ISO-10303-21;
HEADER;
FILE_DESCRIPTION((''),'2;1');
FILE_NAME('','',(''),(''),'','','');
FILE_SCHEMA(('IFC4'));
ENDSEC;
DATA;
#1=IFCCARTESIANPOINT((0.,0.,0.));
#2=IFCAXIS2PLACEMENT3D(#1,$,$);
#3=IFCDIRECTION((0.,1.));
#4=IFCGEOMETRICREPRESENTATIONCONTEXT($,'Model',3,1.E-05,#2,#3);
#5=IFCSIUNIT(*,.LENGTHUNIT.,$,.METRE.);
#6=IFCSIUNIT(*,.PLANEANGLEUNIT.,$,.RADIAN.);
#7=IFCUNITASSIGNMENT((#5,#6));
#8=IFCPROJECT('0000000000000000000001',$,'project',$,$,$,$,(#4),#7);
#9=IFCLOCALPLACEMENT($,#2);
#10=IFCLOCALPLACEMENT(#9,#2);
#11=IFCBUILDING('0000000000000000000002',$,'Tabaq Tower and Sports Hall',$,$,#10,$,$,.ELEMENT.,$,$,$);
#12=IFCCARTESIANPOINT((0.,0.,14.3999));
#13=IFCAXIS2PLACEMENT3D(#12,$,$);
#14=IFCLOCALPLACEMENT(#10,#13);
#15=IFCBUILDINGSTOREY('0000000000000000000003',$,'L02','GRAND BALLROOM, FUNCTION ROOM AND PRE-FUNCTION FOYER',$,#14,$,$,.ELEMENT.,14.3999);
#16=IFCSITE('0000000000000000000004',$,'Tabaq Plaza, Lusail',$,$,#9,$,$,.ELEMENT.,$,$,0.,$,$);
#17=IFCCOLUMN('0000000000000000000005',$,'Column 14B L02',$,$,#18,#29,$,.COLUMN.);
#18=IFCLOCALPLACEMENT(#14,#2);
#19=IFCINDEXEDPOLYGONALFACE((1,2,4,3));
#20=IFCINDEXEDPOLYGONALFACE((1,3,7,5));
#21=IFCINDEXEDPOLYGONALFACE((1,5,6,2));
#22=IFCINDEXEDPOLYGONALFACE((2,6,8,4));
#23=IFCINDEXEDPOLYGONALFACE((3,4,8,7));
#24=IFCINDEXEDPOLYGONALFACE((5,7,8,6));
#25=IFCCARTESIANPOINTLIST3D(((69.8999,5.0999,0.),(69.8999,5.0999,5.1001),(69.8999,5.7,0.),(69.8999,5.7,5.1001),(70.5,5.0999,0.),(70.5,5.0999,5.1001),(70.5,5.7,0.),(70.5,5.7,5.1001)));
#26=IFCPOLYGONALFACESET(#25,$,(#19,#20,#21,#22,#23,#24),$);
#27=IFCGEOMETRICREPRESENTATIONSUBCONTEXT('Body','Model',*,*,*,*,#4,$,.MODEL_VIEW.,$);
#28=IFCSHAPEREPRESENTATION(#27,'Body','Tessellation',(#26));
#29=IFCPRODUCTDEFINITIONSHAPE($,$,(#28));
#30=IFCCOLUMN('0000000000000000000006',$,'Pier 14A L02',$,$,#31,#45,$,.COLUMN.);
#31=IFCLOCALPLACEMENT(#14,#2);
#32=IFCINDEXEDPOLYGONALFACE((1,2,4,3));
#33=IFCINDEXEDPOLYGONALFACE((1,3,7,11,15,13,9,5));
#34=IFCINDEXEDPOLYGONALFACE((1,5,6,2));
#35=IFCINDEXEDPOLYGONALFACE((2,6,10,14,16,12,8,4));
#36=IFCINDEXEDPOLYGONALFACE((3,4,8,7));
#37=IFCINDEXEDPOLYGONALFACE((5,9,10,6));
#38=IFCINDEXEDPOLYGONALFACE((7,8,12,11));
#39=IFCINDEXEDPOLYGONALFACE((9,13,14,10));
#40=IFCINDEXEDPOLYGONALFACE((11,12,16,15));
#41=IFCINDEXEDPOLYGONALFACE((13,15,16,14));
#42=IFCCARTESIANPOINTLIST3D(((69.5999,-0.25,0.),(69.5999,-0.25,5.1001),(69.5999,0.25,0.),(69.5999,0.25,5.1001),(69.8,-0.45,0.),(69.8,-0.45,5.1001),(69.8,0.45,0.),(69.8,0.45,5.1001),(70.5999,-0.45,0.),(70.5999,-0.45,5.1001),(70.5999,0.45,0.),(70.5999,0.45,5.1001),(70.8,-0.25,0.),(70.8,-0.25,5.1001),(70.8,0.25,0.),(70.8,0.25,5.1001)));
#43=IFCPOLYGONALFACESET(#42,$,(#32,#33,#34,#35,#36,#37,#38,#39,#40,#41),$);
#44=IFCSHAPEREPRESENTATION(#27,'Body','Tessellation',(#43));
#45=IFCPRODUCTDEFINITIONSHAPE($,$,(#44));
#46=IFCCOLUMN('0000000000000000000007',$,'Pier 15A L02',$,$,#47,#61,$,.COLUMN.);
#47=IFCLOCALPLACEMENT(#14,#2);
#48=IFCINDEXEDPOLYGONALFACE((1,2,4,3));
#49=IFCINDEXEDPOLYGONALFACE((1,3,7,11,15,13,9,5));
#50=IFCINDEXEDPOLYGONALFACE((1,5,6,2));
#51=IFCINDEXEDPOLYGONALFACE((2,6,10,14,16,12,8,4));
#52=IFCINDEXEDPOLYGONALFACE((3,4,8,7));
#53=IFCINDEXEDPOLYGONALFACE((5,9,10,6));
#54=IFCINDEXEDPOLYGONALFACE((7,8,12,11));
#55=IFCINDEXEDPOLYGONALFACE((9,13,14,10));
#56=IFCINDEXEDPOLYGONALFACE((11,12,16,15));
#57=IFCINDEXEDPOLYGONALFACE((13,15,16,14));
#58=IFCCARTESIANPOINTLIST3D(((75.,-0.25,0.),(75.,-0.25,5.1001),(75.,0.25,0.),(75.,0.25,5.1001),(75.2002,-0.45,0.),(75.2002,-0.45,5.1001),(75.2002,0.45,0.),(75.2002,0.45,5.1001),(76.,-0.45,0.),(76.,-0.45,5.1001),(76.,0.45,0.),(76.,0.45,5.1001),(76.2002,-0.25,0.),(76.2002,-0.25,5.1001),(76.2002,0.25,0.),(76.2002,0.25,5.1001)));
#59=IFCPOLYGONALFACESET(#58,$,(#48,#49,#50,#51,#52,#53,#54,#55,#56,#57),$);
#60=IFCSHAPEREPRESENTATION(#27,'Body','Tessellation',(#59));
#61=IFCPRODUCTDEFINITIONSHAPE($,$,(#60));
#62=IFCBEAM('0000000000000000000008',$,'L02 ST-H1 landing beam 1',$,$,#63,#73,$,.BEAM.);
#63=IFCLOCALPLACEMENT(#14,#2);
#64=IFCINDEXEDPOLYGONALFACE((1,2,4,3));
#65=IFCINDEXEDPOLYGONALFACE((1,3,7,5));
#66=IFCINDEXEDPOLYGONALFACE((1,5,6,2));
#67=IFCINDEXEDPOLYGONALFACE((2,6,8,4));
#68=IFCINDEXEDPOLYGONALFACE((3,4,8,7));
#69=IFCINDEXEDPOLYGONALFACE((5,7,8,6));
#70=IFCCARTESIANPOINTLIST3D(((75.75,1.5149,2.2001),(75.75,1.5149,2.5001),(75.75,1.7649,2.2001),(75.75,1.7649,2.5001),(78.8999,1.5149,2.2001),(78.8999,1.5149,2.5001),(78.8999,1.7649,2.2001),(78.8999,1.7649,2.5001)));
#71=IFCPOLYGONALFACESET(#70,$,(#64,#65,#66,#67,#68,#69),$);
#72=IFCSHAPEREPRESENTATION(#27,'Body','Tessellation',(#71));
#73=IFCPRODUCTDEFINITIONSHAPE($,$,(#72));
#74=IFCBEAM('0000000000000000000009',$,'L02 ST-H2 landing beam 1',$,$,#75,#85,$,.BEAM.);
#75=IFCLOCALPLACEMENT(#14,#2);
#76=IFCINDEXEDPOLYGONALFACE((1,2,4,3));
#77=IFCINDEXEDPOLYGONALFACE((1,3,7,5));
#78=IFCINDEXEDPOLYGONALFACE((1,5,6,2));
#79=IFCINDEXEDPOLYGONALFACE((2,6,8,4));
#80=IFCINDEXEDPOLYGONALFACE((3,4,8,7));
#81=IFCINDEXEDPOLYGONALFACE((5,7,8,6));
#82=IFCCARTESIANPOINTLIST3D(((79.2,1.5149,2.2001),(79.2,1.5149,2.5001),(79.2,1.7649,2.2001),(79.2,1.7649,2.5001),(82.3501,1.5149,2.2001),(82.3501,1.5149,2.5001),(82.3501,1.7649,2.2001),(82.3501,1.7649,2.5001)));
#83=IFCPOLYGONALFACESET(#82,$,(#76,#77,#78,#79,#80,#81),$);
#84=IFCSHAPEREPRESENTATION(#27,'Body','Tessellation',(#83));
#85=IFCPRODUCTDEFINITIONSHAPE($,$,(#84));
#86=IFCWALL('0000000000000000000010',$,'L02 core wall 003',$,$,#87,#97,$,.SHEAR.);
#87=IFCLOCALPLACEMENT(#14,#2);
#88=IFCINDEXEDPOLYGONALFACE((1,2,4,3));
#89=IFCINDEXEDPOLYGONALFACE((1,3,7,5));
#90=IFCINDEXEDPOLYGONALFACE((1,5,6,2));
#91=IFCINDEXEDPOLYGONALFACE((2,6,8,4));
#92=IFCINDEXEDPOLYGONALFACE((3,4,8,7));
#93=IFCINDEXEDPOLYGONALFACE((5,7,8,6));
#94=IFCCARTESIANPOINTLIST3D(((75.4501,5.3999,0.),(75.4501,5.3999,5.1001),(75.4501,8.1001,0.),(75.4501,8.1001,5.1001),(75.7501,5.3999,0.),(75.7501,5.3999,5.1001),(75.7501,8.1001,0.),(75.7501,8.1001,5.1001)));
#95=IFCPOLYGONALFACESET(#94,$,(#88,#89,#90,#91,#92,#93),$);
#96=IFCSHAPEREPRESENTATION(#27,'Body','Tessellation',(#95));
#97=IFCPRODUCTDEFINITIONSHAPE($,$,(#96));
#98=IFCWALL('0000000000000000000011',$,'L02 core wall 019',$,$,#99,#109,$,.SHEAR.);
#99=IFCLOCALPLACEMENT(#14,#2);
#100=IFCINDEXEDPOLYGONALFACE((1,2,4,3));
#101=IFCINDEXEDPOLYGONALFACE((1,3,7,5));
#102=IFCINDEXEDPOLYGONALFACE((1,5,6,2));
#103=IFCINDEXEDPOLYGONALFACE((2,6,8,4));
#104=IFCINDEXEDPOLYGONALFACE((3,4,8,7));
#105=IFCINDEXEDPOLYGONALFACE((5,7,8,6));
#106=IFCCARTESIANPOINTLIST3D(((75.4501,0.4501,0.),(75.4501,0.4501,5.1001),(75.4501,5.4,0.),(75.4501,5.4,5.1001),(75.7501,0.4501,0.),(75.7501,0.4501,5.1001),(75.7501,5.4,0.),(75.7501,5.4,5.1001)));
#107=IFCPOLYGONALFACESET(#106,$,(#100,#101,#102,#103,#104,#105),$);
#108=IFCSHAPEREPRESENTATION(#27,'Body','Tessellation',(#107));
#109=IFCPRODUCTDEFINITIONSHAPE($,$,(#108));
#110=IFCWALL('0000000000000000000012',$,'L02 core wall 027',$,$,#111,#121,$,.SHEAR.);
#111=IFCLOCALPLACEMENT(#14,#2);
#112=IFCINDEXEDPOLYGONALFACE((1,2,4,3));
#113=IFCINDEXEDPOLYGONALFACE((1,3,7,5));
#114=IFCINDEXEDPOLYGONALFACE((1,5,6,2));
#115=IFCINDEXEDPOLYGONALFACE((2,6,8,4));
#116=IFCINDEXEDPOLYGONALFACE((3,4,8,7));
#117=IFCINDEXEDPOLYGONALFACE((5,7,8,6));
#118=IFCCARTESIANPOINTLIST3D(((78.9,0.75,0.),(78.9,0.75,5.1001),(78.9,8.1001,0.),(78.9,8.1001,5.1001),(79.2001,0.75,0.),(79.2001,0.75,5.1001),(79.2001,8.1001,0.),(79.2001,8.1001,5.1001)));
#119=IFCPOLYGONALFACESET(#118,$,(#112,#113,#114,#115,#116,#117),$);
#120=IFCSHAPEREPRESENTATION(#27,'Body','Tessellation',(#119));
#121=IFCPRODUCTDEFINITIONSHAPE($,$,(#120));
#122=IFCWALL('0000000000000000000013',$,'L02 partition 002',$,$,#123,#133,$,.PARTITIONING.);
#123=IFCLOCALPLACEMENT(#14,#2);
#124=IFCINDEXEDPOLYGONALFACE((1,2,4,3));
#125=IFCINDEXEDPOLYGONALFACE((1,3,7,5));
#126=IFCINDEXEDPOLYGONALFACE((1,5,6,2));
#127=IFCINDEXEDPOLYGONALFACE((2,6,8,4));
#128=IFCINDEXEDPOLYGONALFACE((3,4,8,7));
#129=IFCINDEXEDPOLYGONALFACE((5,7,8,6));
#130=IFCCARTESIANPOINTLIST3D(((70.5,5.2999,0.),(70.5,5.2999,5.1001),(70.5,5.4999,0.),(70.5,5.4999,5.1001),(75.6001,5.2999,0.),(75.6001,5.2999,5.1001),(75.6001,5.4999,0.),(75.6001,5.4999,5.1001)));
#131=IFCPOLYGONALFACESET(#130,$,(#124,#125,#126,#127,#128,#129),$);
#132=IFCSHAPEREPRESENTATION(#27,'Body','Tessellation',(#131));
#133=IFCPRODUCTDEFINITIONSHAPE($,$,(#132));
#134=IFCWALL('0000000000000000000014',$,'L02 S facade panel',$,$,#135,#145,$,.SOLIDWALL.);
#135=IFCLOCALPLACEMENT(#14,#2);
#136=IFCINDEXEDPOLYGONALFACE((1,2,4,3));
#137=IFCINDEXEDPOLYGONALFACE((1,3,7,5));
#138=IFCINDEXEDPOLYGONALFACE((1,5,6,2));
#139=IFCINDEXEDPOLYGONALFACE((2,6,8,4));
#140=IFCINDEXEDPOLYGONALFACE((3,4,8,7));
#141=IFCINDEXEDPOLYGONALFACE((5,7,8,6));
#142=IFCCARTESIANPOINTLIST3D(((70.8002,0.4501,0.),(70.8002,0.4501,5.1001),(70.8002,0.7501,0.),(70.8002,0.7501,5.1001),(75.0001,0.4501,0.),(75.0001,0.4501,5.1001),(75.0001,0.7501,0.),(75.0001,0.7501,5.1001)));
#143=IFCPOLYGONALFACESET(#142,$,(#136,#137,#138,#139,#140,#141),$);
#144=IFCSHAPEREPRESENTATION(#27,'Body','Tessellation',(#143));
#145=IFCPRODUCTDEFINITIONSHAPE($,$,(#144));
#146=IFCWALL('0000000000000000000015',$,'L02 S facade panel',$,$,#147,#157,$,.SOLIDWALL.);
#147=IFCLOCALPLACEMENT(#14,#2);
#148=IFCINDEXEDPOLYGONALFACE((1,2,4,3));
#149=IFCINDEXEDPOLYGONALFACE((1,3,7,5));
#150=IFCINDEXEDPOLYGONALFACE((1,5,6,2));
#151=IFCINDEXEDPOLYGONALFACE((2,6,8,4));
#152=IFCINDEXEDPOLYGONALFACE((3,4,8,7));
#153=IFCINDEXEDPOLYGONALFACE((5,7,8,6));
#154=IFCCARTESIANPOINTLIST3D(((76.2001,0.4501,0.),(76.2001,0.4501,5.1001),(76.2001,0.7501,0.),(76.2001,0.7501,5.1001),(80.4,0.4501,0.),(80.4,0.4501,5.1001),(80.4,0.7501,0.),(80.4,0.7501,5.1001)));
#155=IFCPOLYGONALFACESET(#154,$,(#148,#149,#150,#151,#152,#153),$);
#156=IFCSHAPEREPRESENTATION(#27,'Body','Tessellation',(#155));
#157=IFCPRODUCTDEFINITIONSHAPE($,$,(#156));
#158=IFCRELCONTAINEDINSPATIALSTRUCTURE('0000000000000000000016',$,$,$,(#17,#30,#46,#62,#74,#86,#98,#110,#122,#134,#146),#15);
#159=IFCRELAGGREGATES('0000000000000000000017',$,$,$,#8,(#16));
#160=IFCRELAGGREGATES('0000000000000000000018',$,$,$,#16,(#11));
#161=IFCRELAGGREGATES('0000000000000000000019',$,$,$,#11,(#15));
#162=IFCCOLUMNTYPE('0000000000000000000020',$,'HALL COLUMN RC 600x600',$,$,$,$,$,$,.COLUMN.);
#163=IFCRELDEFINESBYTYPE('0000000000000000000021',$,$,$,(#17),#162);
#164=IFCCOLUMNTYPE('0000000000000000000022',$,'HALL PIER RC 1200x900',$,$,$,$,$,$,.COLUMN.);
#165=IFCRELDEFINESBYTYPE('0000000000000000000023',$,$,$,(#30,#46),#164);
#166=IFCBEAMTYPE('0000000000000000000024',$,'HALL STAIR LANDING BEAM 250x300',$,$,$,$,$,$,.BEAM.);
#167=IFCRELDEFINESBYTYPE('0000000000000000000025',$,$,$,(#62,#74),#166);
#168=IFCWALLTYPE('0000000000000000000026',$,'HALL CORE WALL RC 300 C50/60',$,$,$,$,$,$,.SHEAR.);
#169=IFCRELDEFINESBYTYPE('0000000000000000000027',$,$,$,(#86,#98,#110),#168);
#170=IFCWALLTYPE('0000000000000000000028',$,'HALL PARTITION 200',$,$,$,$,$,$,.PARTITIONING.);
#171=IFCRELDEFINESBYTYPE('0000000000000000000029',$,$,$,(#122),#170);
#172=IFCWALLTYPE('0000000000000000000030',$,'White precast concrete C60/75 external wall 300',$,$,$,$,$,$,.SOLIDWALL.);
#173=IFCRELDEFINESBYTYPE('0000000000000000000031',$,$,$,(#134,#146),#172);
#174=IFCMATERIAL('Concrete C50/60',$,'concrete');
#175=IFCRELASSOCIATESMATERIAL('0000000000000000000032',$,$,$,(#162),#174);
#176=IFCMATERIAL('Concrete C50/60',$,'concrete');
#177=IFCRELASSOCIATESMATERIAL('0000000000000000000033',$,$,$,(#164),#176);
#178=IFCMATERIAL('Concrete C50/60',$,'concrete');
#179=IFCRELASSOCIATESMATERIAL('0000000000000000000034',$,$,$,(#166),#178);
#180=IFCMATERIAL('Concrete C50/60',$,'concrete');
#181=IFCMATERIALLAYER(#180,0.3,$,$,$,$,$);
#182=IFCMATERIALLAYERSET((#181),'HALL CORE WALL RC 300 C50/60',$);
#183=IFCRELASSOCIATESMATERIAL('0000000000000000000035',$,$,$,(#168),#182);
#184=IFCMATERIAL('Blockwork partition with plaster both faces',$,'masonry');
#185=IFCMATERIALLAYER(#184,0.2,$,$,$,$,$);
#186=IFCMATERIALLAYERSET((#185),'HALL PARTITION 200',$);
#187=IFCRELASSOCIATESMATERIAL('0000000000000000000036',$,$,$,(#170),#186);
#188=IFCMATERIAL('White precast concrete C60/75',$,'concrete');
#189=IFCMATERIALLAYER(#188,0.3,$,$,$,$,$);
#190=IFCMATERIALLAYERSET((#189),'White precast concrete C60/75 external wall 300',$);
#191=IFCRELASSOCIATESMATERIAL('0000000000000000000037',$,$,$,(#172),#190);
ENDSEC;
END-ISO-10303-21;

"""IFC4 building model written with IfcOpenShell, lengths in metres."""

from ifc_helpers import new_model, si_unit, direction, frame, frame_2d, origin, origin_2d, place, context, subcontext, project, spatial, polyline, rectangle, outline, extrude, material, layer, layer_set, material_profile, profile_set, type_object, element, save


model = new_model("IFC4")

# Units and contexts
model_context = context("Model", 3, precision=1e-05, world=origin(), true_north=direction((0.0, 1.0)))
body_context = subcontext(model_context, "Body", "Model", "MODEL_VIEW")
ifc_project = project(units=[si_unit("LENGTHUNIT", "METRE"), si_unit("PLANEANGLEUNIT", "RADIAN")], contexts=[model_context])

# Site, building, storey
site_placement = place(None, origin())
site = spatial("IfcSite", under=ifc_project, at=site_placement, Name="Tabaq Plaza, Lusail", CompositionType="ELEMENT", RefElevation=0.0)
building_placement = place(site_placement, origin())
building = spatial("IfcBuilding", under=site, at=building_placement, Name="Tabaq Tower and Sports Hall", CompositionType="ELEMENT")
storey_placement = place(building_placement, frame((0.0, 0.0, 14.3999)))
storey = spatial("IfcBuildingStorey", under=building, at=storey_placement, Name="L02", Description="GRAND BALLROOM, FUNCTION ROOM AND PRE-FUNCTION FOYER", CompositionType="ELEMENT", Elevation=14.3999)

# Columns
ifc_material_1 = material(Name="Concrete C50/60", Category="concrete")
ifc_material_profile_1 = material_profile(ifc_material_1, rectangle(XDim=0.6001, YDim=0.6001, at=origin_2d()), Name="RC 600x600")
ifc_profile_set_1 = profile_set([ifc_material_profile_1], Name="Concrete C50/60")
column_type_1 = type_object("IfcColumnType", Name="HALL COLUMN RC 600x600", PredefinedType="COLUMN", material=ifc_profile_set_1)
column_placement = place(storey_placement, frame((70.2, 5.3999, 0.0), z_axis=(0.0, 0.0, 1.0), x_axis=(1.0, 0.0, 0.0)))
element("IfcColumn", 1, at=column_placement, inside=storey, type_object=column_type_1, Name="Column 14B L02", PredefinedType="COLUMN", context=body_context, shape_type="SweptSolid", body=[
    extrude(rectangle(XDim=0.6001, YDim=0.6001, at=origin_2d()), origin(), (0.0, 0.0, 1.0), 5.1001),
])
ifc_material_2 = material(Name="Concrete C50/60", Category="concrete")
ifc_material_profile_2 = material_profile(ifc_material_2, outline(polyline([(-0.3999, -0.45), (0.3999, -0.45), (0.6001, -0.25), (0.6001, 0.25), (0.3999, 0.45), (-0.3999, 0.45), (-0.6001, 0.25), (-0.6001, -0.25), (-0.3999, -0.45)])), Name="PIER 1200x900")
ifc_profile_set_2 = profile_set([ifc_material_profile_2], Name="Concrete C50/60")
column_type_2 = type_object("IfcColumnType", Name="HALL PIER RC 1200x900", PredefinedType="COLUMN", material=ifc_profile_set_2)
for number, where, z_axis, x_axis, name in (
    (2, (70.2, 0.0, 0.0), (0.0, 0.0, 1.0), (1.0, 0.0, 0.0), "Pier 14A L02"),
    (3, (75.6001, 0.0, 0.0), (0.0, 0.0, 1.0), (1.0, 0.0, 0.0), "Pier 15A L02"),
):
    element("IfcColumn", number, at=place(storey_placement, frame(where, z_axis=z_axis, x_axis=x_axis)), inside=storey, type_object=column_type_2, Name=name, PredefinedType="COLUMN", context=body_context, shape_type="SweptSolid", body=[
        extrude(outline(polyline([(-0.3999, -0.45), (0.3999, -0.45), (0.6001, -0.25), (0.6001, 0.25), (0.3999, 0.45), (-0.3999, 0.45), (-0.6001, 0.25), (-0.6001, -0.25), (-0.3999, -0.45)])), origin(), (0.0, 0.0, 1.0), 5.1001),
    ])

# Beams
ifc_material_3 = material(Name="Concrete C50/60", Category="concrete")
ifc_material_profile_3 = material_profile(ifc_material_3, rectangle(XDim=0.25, YDim=0.3, at=origin_2d()), Name="RC 250x300")
ifc_profile_set_3 = profile_set([ifc_material_profile_3], Name="Concrete C50/60")
beam_type = type_object("IfcBeamType", Name="HALL STAIR LANDING BEAM 250x300", PredefinedType="BEAM", material=ifc_profile_set_3)
beam_1_placement = place(storey_placement, frame((75.75, 1.6399, 2.3501), z_axis=(1.0, 0.0, 0.0), x_axis=(0.0, 1.0, 0.0)))
element("IfcBeam", 4, at=beam_1_placement, inside=storey, type_object=beam_type, Name="L02 ST-H1 landing beam 1", PredefinedType="BEAM", context=body_context, shape_type="SweptSolid", body=[
    extrude(rectangle(XDim=0.25, YDim=0.3, at=origin_2d()), origin(), (0.0, 0.0, 1.0), 3.1499),
])
beam_2_placement = place(storey_placement, frame((79.2, 1.6399, 2.3501), z_axis=(1.0, 0.0, 0.0), x_axis=(0.0, 1.0, 0.0)))
element("IfcBeam", 5, at=beam_2_placement, inside=storey, type_object=beam_type, Name="L02 ST-H2 landing beam 1", PredefinedType="BEAM", context=body_context, shape_type="SweptSolid", body=[
    extrude(rectangle(XDim=0.25, YDim=0.3, at=origin_2d()), origin(), (0.0, 0.0, 1.0), 3.1501),
])

# Walls
ifc_material_4 = material(Name="Concrete C50/60", Category="concrete")
ifc_layer_1 = layer(ifc_material_4, 0.3)
ifc_layer_set_1 = layer_set([ifc_layer_1], Name="HALL CORE WALL RC 300 C50/60")
wall_type_1 = type_object("IfcWallType", Name="HALL CORE WALL RC 300 C50/60", PredefinedType="SHEAR", material=ifc_layer_set_1)
wall_1_placement = place(storey_placement, frame((75.6001, 5.3999, 0.0), z_axis=(0.0, 0.0, 1.0), x_axis=(0.0, 1.0, 0.0)))
element("IfcWall", 6, at=wall_1_placement, inside=storey, type_object=wall_type_1, Name="L02 core wall 003", PredefinedType="SHEAR", context=body_context, shape_type="SweptSolid", body=[
    extrude(rectangle(XDim=2.7002, YDim=0.3, at=frame_2d((1.3501, 0.0))), origin(), (0.0, 0.0, 1.0), 5.1001),
])
wall_2_placement = place(storey_placement, frame((75.6001, 0.45, 0.0), z_axis=(0.0, 0.0, 1.0), x_axis=(0.0, 1.0, 0.0)))
element("IfcWall", 7, at=wall_2_placement, inside=storey, type_object=wall_type_1, Name="L02 core wall 019", PredefinedType="SHEAR", context=body_context, shape_type="SweptSolid", body=[
    extrude(rectangle(XDim=4.95, YDim=0.3, at=frame_2d((2.4751, 0.0))), origin(), (0.0, 0.0, 1.0), 5.1001),
])
wall_3_placement = place(storey_placement, frame((79.05, 0.75, 0.0), z_axis=(0.0, 0.0, 1.0), x_axis=(0.0, 1.0, 0.0)))
element("IfcWall", 8, at=wall_3_placement, inside=storey, type_object=wall_type_1, Name="L02 core wall 027", PredefinedType="SHEAR", context=body_context, shape_type="SweptSolid", body=[
    extrude(rectangle(XDim=7.3501, YDim=0.3, at=frame_2d((3.675, 0.0))), origin(), (0.0, 0.0, 1.0), 5.1001),
])
ifc_material_5 = material(Name="Blockwork partition with plaster both faces", Category="masonry")
ifc_layer_2 = layer(ifc_material_5, 0.2)
ifc_layer_set_2 = layer_set([ifc_layer_2], Name="HALL PARTITION 200")
wall_type_2 = type_object("IfcWallType", Name="HALL PARTITION 200", PredefinedType="PARTITIONING", material=ifc_layer_set_2)
wall_4_placement = place(storey_placement, frame((70.5, 5.3999, 0.0), z_axis=(0.0, 0.0, 1.0), x_axis=(1.0, 0.0, 0.0)))
element("IfcWall", 9, at=wall_4_placement, inside=storey, type_object=wall_type_2, Name="L02 partition 002", PredefinedType="PARTITIONING", context=body_context, shape_type="SweptSolid", body=[
    extrude(rectangle(XDim=5.1001, YDim=0.2, at=frame_2d((2.55, 0.0))), origin(), (0.0, 0.0, 1.0), 5.1001),
])
ifc_material_6 = material(Name="White precast concrete C60/75", Category="concrete")
ifc_layer_3 = layer(ifc_material_6, 0.3)
ifc_layer_set_3 = layer_set([ifc_layer_3], Name="White precast concrete C60/75 external wall 300")
wall_type_3 = type_object("IfcWallType", Name="White precast concrete C60/75 external wall 300", PredefinedType="SOLIDWALL", material=ifc_layer_set_3)
for number, where, z_axis, x_axis, name in (
    (10, (70.8, 0.6001, 0.0), (0.0, 0.0, 1.0), (1.0, 0.0, 0.0), "L02 S facade panel"),
    (11, (76.2, 0.6001, 0.0), (0.0, 0.0, 1.0), (1.0, 0.0, 0.0), "L02 S facade panel"),
):
    element("IfcWall", number, at=place(storey_placement, frame(where, z_axis=z_axis, x_axis=x_axis)), inside=storey, type_object=wall_type_3, Name=name, PredefinedType="SOLIDWALL", context=body_context, shape_type="SweptSolid", body=[
        extrude(rectangle(XDim=4.2, YDim=0.3, at=frame_2d((2.1001, 0.0))), origin(), (0.0, 0.0, 1.0), 5.1001),
    ])

save(model, "model.ifc")
